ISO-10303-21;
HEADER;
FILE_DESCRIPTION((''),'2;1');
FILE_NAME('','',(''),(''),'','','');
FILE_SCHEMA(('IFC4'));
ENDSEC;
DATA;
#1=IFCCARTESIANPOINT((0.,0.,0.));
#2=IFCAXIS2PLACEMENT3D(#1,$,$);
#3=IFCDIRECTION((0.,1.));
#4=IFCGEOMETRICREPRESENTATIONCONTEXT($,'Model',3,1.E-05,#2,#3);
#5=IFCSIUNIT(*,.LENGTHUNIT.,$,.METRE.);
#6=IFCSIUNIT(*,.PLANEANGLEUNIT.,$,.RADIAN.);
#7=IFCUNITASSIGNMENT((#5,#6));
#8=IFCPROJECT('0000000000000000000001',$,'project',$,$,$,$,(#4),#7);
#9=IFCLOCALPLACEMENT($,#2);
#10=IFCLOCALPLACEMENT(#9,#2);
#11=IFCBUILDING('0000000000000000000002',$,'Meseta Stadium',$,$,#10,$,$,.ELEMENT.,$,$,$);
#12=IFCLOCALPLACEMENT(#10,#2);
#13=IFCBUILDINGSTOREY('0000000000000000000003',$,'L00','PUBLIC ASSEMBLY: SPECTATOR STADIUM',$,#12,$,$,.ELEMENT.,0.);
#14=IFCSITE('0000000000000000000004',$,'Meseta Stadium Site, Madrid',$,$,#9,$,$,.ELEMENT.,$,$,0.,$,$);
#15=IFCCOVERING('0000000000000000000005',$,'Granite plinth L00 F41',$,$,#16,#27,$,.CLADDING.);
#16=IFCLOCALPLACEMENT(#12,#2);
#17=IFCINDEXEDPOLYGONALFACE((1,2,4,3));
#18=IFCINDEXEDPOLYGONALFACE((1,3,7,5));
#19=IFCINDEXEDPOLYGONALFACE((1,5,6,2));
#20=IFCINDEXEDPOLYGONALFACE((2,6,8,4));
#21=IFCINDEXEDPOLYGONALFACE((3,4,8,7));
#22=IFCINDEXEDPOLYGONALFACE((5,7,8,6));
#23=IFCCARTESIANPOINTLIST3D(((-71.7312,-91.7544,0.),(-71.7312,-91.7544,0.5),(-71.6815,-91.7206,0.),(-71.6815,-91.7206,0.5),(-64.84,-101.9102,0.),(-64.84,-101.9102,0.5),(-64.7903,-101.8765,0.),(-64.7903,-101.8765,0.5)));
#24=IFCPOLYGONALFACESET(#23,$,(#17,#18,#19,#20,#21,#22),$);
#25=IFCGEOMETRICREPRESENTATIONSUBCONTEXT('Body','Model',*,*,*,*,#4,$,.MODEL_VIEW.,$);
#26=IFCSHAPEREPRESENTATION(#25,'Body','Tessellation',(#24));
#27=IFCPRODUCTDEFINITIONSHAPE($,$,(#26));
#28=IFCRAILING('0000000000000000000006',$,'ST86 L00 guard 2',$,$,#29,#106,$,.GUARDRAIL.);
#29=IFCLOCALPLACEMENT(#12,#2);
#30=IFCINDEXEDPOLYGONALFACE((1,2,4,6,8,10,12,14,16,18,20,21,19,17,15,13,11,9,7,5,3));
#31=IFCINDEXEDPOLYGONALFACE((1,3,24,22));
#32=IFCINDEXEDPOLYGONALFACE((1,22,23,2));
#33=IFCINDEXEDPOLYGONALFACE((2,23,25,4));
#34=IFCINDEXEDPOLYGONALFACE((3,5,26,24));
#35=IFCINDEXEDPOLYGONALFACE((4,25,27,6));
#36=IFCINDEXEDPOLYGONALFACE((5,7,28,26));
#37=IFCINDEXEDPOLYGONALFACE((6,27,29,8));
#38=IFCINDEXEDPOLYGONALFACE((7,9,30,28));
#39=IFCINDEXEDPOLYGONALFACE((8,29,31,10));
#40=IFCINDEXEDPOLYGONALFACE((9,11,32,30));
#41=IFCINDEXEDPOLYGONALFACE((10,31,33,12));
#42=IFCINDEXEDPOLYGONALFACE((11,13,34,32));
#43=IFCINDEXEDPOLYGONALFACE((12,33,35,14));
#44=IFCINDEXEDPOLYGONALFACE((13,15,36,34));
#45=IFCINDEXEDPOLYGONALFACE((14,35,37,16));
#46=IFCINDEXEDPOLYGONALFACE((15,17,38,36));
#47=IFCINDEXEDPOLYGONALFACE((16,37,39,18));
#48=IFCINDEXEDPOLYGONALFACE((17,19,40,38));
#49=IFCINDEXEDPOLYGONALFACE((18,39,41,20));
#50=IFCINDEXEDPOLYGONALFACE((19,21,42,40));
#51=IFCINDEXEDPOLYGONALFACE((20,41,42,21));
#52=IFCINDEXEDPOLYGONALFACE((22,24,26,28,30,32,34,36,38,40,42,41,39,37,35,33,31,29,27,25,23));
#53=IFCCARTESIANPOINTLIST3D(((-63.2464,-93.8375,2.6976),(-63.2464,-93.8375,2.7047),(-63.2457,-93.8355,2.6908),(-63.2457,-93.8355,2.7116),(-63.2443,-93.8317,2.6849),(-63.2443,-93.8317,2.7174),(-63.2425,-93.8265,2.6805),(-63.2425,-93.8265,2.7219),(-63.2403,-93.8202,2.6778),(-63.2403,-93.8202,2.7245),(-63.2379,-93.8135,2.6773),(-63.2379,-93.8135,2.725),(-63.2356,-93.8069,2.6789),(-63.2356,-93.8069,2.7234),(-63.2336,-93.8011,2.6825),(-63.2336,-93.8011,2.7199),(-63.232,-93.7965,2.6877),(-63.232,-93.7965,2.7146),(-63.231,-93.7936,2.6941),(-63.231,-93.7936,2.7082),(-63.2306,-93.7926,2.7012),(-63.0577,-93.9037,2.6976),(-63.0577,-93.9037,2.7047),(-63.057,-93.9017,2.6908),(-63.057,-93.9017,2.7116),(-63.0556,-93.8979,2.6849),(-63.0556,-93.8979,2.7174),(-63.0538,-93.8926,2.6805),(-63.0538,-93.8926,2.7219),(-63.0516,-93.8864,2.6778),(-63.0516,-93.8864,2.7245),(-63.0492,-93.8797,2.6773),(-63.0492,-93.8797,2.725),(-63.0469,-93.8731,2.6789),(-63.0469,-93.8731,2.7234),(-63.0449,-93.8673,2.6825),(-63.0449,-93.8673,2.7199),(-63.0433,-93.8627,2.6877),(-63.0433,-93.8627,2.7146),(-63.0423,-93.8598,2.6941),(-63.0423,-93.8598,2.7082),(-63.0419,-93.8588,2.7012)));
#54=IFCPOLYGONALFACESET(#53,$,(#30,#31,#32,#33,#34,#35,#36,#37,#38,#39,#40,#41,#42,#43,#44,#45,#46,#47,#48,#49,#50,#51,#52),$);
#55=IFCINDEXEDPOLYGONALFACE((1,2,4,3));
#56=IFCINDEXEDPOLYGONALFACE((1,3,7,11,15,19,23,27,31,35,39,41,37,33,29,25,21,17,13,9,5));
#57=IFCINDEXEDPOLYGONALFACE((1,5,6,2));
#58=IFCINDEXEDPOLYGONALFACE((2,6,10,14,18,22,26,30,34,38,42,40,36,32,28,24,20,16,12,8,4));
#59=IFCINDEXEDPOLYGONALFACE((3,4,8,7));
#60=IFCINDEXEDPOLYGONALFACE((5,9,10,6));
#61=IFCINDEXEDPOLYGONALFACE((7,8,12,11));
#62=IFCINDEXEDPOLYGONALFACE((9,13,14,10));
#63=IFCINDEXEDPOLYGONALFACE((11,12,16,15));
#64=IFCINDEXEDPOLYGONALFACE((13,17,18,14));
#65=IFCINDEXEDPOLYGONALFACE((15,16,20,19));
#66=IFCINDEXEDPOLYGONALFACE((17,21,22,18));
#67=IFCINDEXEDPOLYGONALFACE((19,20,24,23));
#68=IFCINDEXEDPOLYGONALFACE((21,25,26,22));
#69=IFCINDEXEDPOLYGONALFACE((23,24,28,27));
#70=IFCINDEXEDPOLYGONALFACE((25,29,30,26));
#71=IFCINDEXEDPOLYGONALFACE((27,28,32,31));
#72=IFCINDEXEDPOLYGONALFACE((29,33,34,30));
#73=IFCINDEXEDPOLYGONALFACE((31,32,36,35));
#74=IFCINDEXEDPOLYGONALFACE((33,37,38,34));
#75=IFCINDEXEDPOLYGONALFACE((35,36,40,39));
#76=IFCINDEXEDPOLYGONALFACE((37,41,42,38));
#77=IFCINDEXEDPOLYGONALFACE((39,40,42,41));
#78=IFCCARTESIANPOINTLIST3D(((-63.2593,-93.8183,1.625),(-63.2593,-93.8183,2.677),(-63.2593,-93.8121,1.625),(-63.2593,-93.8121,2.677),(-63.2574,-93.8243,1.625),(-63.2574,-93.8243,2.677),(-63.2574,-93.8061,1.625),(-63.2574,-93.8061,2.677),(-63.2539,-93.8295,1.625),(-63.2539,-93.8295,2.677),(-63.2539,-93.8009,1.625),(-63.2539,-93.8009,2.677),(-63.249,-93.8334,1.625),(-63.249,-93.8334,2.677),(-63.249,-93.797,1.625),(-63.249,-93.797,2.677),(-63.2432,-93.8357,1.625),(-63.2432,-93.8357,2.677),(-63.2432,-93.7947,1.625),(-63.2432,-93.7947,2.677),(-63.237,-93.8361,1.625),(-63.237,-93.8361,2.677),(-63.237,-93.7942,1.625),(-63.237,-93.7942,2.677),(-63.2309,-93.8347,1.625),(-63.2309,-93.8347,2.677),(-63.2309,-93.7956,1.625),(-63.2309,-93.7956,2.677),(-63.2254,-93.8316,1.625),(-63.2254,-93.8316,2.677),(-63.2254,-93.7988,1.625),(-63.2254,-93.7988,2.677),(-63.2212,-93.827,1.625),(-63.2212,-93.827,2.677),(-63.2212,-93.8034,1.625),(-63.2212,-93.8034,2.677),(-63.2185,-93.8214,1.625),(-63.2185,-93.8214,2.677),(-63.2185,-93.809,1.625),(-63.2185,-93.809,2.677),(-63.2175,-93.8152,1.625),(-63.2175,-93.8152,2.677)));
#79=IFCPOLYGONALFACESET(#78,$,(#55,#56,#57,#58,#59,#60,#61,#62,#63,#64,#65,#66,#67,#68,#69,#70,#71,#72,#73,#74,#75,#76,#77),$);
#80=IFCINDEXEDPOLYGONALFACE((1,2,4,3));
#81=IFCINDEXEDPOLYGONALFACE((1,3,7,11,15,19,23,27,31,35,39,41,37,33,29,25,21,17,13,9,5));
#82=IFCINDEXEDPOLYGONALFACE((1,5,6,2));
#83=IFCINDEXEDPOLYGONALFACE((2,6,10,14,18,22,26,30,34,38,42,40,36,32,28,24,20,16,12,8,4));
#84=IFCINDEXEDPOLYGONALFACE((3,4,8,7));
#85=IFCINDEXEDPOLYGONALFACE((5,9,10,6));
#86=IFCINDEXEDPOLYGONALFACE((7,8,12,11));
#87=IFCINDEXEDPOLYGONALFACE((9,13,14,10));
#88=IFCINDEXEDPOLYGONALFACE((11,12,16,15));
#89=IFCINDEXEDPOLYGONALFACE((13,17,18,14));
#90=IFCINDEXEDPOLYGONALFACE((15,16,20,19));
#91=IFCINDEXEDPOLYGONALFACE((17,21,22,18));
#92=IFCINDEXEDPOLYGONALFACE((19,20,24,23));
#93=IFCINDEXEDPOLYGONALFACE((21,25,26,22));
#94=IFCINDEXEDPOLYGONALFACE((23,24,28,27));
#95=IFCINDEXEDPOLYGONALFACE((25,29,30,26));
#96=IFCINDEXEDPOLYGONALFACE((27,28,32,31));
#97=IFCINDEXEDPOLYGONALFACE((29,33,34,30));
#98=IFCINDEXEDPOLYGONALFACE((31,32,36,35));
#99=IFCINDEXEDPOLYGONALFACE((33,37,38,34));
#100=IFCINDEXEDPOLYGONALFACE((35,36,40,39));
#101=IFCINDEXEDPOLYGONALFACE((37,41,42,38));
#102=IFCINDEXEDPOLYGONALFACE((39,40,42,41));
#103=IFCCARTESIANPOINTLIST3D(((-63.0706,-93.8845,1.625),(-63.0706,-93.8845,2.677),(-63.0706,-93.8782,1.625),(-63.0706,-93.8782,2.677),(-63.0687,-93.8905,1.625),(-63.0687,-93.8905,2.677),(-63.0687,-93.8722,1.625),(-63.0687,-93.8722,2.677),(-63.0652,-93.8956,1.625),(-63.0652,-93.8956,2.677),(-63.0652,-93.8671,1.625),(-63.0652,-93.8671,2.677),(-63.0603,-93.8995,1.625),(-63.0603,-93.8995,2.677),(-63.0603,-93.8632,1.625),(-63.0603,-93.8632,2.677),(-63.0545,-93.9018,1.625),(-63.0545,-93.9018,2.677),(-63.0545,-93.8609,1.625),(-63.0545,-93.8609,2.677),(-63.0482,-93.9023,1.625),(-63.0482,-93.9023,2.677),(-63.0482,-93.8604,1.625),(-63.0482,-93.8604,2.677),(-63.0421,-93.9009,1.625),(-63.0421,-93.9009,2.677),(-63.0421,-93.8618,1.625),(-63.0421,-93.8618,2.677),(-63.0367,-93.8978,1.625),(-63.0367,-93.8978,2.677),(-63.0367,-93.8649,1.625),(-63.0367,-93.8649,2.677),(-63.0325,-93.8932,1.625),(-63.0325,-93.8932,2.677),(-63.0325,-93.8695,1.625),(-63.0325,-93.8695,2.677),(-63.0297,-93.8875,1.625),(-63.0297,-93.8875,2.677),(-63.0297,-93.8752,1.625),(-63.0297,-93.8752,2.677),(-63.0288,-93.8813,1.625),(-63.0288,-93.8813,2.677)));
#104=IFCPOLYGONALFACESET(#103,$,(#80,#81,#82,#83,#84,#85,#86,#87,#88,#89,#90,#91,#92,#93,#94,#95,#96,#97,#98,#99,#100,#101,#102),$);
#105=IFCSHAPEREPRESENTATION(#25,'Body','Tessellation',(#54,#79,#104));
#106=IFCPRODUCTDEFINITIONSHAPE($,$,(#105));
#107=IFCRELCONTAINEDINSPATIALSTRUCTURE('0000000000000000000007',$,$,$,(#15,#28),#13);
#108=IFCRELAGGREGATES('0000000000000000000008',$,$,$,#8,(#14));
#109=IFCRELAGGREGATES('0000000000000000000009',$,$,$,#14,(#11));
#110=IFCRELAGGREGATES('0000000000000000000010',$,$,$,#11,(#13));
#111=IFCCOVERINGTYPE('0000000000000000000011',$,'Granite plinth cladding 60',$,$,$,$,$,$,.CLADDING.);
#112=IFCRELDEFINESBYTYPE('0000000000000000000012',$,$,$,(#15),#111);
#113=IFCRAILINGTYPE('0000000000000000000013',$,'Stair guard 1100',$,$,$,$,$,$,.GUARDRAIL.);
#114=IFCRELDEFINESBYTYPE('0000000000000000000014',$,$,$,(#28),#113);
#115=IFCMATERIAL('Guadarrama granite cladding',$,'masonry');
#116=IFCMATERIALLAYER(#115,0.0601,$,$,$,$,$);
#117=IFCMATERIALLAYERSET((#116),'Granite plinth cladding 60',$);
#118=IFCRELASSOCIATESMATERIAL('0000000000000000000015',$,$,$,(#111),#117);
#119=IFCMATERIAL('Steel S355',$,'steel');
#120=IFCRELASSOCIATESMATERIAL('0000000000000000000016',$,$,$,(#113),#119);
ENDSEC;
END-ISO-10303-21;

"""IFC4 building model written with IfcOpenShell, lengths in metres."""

from ifc_helpers import new_model, si_unit, direction, frame, origin, origin_2d, place, context, subcontext, project, spatial, rectangle, circle, extrude, material, layer, layer_set, type_object, element, save


model = new_model("IFC4")

# Units and contexts
model_context = context("Model", 3, precision=1e-05, world=origin(), true_north=direction((0.0, 1.0)))
body_context = subcontext(model_context, "Body", "Model", "MODEL_VIEW")
ifc_project = project(units=[si_unit("LENGTHUNIT", "METRE"), si_unit("PLANEANGLEUNIT", "RADIAN")], contexts=[model_context])

# Site, building, storey
site_placement = place(None, origin())
site = spatial("IfcSite", under=ifc_project, at=site_placement, Name="Meseta Stadium Site, Madrid", CompositionType="ELEMENT", RefElevation=0.0)
building_placement = place(site_placement, origin())
building = spatial("IfcBuilding", under=site, at=building_placement, Name="Meseta Stadium", CompositionType="ELEMENT")
storey_placement = place(building_placement, origin())
storey = spatial("IfcBuildingStorey", under=building, at=storey_placement, Name="L00", Description="PUBLIC ASSEMBLY: SPECTATOR STADIUM", CompositionType="ELEMENT", Elevation=0.0)

# Covering
ifc_material_1 = material(Name="Guadarrama granite cladding", Category="masonry")
ifc_layer_1 = layer(ifc_material_1, 0.0601)
ifc_layer_set_1 = layer_set([ifc_layer_1], Name="Granite plinth cladding 60")
covering_type = type_object("IfcCoveringType", Name="Granite plinth cladding 60", PredefinedType="CLADDING", material=ifc_layer_set_1)
covering_placement = place(storey_placement, frame((-68.2607, -96.8154, 0.0), z_axis=(0.0, 0.0, 1.0), x_axis=(-0.56149, 0.827484, 0.0)))
element("IfcCovering", 1, at=covering_placement, inside=storey, type_object=covering_type, Name="Granite plinth L00 F41", PredefinedType="CLADDING", context=body_context, shape_type="SweptSolid", body=[
    extrude(rectangle(XDim=12.2732, YDim=0.0601, at=origin_2d()), origin(), (0.0, 0.0, 1.0), 0.5),
])

# Railing
ifc_material_2 = material(Name="Steel S355", Category="steel")
railing_type_1 = type_object("IfcRailingType", Name="Stair guard 1100", PredefinedType="GUARDRAIL", material=ifc_material_2)
railing_1_placement = place(storey_placement, frame((-63.2385, -93.8152, 1.625)))
element("IfcRailing", 2, at=railing_1_placement, inside=storey, type_object=railing_type_1, Name="ST86 L00 guard 2", PredefinedType="GUARDRAIL", context=body_context, shape_type="SweptSolid", body=[
    extrude(circle(Radius=0.0239, at=origin_2d()), frame((0.0, 0.0, 1.0762), z_axis=(0.943687, -0.33084, 0.0), x_axis=(0.33084, 0.943687, 0.0)), (0.0, 0.0, 1.0), 0.2),
    extrude(circle(Radius=0.021, at=origin_2d()), origin(), (0.0, 0.0, 1.0), 1.052),
    extrude(circle(Radius=0.021, at=origin_2d()), frame((0.1887, -0.0662, 0.0)), (0.0, 0.0, 1.0), 1.052),
])

save(model, "model.ifc")
